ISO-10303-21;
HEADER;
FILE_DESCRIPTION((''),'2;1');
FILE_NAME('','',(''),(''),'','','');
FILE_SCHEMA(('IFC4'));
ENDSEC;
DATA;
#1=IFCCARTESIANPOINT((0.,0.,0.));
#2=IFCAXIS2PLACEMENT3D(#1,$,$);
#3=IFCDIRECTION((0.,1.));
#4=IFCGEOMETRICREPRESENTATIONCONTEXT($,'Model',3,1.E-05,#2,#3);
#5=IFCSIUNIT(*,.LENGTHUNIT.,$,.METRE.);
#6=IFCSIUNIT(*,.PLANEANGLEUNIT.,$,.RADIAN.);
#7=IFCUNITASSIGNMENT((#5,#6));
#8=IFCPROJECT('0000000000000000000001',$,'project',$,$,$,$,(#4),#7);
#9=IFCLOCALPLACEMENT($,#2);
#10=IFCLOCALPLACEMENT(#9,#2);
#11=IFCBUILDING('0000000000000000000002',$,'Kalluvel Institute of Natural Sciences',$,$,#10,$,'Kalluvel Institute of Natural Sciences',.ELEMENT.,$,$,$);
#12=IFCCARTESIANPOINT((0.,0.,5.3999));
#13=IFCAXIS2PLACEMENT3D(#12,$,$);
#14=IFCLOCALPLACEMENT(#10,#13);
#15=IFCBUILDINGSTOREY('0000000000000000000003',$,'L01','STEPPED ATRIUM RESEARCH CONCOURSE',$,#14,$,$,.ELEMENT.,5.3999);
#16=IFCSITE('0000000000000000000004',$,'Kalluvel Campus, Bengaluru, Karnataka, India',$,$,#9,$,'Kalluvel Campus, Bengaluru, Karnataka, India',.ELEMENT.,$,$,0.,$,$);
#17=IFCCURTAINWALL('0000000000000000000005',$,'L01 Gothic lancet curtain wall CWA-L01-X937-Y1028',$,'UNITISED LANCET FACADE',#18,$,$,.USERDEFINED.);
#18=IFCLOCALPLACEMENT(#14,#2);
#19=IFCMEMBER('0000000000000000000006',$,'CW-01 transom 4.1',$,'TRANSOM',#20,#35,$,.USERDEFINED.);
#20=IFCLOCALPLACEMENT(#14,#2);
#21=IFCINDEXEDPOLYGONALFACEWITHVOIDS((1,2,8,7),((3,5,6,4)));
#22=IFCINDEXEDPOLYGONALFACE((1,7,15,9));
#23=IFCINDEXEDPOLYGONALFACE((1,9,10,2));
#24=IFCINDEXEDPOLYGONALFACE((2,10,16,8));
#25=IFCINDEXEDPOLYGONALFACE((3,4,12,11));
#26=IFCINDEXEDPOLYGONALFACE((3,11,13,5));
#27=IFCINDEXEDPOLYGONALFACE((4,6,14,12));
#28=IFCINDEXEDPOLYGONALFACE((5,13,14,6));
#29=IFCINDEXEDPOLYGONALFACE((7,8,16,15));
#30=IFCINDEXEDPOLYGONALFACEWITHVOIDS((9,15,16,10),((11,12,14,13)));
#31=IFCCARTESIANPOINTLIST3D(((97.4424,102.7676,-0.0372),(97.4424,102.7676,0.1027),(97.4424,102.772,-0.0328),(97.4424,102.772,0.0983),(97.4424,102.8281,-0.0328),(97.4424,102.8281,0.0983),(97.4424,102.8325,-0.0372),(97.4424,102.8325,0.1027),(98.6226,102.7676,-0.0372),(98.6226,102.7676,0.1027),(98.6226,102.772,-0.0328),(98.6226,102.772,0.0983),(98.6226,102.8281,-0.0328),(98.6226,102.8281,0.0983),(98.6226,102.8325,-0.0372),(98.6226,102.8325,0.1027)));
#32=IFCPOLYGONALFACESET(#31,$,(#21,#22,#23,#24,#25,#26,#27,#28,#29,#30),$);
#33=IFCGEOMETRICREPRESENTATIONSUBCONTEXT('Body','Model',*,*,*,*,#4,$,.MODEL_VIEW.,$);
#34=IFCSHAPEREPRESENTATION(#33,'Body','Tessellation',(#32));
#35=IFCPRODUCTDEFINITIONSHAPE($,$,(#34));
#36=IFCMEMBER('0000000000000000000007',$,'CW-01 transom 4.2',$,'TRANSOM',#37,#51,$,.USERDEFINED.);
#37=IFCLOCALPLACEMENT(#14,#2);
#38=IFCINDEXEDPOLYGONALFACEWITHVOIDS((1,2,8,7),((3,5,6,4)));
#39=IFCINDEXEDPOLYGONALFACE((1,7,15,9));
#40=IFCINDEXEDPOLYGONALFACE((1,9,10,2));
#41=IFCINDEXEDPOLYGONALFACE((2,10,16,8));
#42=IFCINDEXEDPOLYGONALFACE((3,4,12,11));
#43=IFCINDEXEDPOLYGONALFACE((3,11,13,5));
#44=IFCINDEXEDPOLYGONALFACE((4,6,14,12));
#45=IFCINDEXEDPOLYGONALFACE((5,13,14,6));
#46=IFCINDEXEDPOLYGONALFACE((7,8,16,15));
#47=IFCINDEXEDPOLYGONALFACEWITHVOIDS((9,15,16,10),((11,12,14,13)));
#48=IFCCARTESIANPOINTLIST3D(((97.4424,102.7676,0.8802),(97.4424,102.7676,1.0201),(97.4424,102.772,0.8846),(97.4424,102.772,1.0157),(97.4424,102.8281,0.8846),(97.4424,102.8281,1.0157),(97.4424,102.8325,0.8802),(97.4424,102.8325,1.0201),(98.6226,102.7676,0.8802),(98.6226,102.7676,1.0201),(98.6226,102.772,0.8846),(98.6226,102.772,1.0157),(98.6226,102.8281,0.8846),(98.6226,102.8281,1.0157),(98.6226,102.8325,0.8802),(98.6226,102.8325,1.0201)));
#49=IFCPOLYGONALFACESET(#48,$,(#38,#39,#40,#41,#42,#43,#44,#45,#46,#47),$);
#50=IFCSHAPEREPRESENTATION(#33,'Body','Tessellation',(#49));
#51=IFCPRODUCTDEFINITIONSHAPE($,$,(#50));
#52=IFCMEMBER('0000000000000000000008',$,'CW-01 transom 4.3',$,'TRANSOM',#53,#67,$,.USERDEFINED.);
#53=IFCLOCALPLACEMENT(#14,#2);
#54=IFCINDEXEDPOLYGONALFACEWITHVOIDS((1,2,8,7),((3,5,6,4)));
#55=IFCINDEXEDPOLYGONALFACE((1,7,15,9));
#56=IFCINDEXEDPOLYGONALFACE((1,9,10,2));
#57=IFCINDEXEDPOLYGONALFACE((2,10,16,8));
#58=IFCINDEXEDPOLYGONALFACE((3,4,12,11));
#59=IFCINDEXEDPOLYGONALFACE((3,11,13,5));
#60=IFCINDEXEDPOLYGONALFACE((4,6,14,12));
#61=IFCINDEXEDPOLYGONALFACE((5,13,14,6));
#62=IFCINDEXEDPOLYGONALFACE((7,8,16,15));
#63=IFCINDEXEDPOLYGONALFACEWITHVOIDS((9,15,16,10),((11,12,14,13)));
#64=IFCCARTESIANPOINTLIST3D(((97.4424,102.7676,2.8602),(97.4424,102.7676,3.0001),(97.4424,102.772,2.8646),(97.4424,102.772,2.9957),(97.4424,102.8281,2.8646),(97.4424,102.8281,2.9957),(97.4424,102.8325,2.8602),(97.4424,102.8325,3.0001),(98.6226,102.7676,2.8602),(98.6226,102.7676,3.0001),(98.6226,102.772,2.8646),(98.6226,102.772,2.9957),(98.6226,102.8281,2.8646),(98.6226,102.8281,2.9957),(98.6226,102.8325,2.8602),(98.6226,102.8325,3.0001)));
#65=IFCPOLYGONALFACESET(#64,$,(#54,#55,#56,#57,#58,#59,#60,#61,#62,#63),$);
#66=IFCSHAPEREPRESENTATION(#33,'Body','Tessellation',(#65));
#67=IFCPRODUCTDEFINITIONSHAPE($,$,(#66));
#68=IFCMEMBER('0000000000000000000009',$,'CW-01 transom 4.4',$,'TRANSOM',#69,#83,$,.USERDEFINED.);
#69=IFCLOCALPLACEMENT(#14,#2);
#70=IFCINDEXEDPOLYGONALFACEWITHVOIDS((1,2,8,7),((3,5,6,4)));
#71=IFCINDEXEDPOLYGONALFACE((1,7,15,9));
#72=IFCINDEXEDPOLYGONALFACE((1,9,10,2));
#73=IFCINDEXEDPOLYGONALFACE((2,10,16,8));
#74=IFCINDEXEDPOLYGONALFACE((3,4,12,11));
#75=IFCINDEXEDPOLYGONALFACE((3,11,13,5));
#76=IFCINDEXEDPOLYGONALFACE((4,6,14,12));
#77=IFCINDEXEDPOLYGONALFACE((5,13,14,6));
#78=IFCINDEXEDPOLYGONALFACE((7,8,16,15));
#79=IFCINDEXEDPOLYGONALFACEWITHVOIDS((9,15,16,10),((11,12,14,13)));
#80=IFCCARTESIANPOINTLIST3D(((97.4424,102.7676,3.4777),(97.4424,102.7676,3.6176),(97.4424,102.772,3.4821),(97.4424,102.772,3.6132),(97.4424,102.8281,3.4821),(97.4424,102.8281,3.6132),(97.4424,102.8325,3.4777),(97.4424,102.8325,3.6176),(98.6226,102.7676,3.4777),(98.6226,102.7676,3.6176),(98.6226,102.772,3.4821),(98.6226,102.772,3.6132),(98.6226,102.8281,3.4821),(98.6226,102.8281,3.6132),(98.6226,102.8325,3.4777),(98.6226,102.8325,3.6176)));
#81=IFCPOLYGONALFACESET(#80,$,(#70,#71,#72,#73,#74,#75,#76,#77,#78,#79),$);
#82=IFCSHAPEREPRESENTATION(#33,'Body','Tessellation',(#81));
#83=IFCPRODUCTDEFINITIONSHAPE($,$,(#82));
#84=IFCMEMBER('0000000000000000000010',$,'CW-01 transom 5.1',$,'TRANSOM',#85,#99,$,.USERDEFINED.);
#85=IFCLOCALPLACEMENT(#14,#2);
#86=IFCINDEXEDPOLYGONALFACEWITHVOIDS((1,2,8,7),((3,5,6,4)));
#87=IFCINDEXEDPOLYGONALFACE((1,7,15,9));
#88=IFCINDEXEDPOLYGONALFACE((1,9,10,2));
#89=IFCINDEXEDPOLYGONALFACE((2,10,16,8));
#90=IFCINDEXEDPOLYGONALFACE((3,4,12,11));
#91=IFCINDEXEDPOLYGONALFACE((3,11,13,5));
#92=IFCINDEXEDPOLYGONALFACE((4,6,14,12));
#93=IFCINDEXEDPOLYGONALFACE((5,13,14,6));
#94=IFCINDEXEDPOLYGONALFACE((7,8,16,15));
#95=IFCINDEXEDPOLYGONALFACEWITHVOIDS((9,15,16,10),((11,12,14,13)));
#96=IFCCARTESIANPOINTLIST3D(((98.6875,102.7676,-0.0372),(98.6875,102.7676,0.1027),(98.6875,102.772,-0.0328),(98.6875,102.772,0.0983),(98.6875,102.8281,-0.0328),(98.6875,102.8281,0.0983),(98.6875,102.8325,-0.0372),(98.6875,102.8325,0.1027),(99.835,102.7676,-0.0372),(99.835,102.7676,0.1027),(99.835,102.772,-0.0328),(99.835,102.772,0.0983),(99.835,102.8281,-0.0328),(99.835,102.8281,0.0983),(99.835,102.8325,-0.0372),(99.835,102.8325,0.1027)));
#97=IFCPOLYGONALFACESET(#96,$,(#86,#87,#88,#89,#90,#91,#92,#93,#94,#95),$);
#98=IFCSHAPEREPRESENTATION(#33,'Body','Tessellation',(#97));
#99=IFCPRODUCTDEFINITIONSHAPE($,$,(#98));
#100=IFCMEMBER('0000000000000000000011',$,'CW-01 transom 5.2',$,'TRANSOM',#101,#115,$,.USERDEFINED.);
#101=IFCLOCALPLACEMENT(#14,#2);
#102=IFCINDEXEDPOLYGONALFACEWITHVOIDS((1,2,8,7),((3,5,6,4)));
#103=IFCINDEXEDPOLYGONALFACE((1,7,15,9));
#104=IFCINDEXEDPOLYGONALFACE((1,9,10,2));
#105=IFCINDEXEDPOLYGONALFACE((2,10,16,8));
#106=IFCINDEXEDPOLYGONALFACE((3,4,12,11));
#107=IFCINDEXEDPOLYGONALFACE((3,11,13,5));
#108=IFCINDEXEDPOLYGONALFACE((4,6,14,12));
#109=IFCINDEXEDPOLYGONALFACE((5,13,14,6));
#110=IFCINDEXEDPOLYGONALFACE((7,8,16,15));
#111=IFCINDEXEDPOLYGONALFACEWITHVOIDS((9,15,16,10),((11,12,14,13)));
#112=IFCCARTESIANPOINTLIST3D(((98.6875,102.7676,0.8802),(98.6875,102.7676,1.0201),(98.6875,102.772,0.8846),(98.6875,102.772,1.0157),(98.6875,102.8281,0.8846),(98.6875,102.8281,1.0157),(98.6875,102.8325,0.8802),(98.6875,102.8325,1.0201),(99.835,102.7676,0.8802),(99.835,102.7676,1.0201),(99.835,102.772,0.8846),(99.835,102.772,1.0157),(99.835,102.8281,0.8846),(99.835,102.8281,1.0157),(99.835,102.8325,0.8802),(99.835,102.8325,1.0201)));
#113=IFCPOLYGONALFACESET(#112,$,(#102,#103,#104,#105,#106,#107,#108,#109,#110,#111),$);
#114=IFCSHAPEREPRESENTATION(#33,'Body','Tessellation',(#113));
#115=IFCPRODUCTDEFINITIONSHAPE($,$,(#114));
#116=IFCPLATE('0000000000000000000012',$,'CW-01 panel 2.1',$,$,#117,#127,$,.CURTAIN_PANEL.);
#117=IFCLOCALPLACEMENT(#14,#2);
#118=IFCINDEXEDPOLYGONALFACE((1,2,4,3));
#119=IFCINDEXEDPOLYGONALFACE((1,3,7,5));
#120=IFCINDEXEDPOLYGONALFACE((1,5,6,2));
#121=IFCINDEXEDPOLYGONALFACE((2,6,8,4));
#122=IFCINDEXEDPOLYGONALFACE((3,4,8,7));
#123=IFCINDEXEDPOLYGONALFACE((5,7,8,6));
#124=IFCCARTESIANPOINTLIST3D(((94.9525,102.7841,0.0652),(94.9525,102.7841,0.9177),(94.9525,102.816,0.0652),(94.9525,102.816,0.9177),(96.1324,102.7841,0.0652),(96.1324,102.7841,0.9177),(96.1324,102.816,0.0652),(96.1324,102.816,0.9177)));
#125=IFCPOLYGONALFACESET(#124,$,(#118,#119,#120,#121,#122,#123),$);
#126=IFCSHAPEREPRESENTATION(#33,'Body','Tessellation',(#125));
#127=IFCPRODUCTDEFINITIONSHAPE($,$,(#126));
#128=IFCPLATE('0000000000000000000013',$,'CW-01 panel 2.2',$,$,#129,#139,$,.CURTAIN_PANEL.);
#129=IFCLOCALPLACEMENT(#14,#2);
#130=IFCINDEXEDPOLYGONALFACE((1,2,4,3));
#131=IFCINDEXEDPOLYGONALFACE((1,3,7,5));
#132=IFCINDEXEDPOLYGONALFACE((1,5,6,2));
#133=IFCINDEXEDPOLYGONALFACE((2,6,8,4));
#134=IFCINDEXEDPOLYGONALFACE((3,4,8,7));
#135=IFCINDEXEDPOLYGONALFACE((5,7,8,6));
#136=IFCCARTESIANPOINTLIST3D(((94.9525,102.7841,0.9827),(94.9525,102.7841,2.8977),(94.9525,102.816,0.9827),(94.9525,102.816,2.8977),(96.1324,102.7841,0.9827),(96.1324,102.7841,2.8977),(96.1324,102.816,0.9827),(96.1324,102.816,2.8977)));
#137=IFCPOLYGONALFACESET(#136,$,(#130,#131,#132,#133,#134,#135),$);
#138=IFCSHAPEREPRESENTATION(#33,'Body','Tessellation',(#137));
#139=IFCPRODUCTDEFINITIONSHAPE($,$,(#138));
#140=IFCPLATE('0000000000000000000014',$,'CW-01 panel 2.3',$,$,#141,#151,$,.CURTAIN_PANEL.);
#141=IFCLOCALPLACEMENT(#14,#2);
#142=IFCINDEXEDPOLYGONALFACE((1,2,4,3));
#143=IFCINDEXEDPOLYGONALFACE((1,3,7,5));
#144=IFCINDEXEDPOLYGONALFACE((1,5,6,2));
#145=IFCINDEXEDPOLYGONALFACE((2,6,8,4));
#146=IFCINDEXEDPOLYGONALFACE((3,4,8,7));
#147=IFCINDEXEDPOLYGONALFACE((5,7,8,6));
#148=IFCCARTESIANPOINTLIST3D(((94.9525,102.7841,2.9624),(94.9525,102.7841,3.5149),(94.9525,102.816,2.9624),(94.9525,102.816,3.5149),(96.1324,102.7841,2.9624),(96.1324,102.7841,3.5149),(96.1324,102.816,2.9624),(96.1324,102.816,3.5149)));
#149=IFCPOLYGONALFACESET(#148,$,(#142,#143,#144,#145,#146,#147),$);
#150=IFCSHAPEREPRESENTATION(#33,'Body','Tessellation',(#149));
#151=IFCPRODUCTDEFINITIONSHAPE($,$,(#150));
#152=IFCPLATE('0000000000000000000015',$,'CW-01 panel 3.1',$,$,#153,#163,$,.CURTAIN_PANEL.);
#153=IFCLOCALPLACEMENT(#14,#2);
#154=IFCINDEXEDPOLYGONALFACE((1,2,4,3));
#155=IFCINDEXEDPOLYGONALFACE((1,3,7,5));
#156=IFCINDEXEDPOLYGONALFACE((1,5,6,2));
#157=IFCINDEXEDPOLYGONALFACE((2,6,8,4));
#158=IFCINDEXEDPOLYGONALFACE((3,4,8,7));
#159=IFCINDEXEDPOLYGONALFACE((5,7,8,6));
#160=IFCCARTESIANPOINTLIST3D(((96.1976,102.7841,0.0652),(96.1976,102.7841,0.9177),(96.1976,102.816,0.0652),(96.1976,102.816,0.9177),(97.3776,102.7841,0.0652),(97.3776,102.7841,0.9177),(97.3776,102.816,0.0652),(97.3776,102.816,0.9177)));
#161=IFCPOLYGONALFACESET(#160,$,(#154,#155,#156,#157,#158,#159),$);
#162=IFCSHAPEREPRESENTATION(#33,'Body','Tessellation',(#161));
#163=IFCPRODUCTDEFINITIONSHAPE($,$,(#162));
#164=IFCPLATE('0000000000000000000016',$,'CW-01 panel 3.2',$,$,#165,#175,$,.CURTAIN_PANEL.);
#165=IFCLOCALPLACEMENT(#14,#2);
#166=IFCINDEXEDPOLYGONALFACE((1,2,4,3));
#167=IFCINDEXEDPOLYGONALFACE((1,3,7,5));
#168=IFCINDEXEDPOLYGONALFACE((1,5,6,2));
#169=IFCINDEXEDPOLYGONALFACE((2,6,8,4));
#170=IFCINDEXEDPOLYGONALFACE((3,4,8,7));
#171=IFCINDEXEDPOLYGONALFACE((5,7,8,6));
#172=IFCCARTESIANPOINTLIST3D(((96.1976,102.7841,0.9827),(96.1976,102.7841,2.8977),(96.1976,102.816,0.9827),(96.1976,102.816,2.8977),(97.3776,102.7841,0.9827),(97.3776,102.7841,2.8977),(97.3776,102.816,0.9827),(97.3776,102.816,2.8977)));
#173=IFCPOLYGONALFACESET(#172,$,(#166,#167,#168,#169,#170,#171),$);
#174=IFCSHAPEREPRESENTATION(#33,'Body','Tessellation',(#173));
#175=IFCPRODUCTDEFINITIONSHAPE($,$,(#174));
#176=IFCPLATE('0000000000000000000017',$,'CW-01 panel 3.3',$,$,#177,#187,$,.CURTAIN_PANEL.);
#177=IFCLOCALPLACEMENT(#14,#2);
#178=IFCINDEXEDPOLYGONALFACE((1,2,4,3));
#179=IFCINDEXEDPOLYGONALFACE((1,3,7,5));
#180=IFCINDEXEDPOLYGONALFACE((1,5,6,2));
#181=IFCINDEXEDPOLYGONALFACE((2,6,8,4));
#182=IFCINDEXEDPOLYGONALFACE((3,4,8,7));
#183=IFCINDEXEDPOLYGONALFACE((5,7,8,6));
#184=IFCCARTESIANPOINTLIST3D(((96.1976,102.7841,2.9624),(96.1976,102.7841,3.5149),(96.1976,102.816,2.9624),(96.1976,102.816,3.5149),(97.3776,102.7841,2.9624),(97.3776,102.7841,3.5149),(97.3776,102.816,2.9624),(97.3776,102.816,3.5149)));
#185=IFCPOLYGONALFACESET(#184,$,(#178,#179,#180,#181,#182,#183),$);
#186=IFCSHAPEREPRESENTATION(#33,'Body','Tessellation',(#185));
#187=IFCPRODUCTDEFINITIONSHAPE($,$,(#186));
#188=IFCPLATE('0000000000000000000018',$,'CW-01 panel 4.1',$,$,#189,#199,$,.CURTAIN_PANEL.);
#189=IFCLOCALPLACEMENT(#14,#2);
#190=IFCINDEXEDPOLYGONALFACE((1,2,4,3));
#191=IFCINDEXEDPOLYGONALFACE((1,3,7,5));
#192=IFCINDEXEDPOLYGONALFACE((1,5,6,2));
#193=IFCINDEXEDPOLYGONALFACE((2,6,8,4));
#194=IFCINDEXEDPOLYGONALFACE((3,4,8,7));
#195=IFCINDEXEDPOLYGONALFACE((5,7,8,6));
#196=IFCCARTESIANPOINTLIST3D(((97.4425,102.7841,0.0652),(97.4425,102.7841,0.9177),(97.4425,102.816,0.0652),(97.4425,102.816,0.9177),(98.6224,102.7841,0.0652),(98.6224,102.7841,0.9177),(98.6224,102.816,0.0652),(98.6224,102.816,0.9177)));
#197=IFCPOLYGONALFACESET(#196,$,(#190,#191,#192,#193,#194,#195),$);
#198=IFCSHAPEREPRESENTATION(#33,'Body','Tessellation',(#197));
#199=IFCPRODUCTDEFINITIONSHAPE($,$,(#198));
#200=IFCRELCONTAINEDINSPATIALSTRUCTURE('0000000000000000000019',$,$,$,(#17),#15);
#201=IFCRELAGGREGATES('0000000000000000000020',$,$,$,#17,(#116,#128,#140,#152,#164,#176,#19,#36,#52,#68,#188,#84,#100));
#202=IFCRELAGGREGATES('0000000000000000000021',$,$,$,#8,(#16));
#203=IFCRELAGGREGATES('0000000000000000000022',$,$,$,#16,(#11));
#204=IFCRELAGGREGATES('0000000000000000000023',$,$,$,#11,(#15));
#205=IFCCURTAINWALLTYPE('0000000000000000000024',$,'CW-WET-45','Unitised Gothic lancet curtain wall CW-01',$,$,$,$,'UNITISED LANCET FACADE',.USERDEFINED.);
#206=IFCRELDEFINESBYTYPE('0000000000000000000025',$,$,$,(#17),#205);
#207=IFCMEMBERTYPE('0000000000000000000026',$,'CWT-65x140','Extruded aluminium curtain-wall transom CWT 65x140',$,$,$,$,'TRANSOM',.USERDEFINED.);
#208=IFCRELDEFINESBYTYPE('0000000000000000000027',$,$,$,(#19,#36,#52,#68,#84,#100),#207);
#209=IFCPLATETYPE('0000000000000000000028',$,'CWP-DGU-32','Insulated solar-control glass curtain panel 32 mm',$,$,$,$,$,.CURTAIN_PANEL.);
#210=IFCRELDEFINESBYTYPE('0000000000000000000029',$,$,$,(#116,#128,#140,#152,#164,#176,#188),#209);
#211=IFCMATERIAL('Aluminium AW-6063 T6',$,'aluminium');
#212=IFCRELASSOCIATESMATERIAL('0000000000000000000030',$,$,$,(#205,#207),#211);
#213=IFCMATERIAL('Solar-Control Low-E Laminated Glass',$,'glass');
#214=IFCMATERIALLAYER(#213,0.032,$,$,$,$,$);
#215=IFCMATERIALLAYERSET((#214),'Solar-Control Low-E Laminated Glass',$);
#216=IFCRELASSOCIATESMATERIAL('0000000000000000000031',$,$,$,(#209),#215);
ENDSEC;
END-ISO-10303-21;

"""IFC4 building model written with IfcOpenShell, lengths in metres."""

from ifc_helpers import new_model, si_unit, direction, frame, origin, origin_2d, place, context, subcontext, project, spatial, rectangle, hollow_rectangle, extrude, material, layer, layer_set, material_profile, profile_set, type_object, element, aggregate, save


model = new_model("IFC4")

# Units and contexts
model_context = context("Model", 3, precision=1e-05, world=origin(), true_north=direction((0.0, 1.0)))
body_context = subcontext(model_context, "Body", "Model", "MODEL_VIEW")
ifc_project = project(units=[si_unit("LENGTHUNIT", "METRE"), si_unit("PLANEANGLEUNIT", "RADIAN")], contexts=[model_context])

# Site, building, storey
site_placement = place(None, origin())
site = spatial("IfcSite", under=ifc_project, at=site_placement, Name="Kalluvel Campus, Bengaluru, Karnataka, India", LongName="Kalluvel Campus, Bengaluru, Karnataka, India", CompositionType="ELEMENT", RefElevation=0.0)
building_placement = place(site_placement, origin())
building = spatial("IfcBuilding", under=site, at=building_placement, Name="Kalluvel Institute of Natural Sciences", LongName="Kalluvel Institute of Natural Sciences", CompositionType="ELEMENT")
storey_placement = place(building_placement, frame((0.0, 0.0, 5.3999)))
storey = spatial("IfcBuildingStorey", under=building, at=storey_placement, Name="L01", Description="STEPPED ATRIUM RESEARCH CONCOURSE", CompositionType="ELEMENT", Elevation=5.3999)

# Curtain wall, members, plates
ifc_material_1 = material(Name="Aluminium AW-6063 T6", Category="aluminium")
curtain_wall_type = type_object("IfcCurtainWallType", Name="CW-WET-45", Description="Unitised Gothic lancet curtain wall CW-01", ElementType="UNITISED LANCET FACADE", PredefinedType="USERDEFINED", material=ifc_material_1)
curtain_wall_placement = place(storey_placement, origin())
curtain_wall = element("IfcCurtainWall", 1, at=curtain_wall_placement, inside=storey, type_object=curtain_wall_type, Name="L01 Gothic lancet curtain wall CWA-L01-X937-Y1028", ObjectType="UNITISED LANCET FACADE", PredefinedType="USERDEFINED")
ifc_material_profile_1 = material_profile(ifc_material_1, hollow_rectangle(XDim=0.0649, YDim=0.1399, WallThickness=0.0044, at=origin_2d()), Name="CWT 65x140")
ifc_profile_set_1 = profile_set([ifc_material_profile_1], Name="Aluminium AW-6063 T6")
member_type_1 = type_object("IfcMemberType", Name="CWT-65x140", Description="Extruded aluminium curtain-wall transom CWT 65x140", ElementType="TRANSOM", PredefinedType="USERDEFINED", material=ifc_profile_set_1)
member_1_placement = place(storey_placement, frame((97.4424, 102.8, 0.0327), z_axis=(1.0, 0.0, 0.0), x_axis=(0.0, 1.0, 0.0)))
member_1 = element("IfcMember", 2, at=member_1_placement, type_object=member_type_1, Name="CW-01 transom 4.1", ObjectType="TRANSOM", PredefinedType="USERDEFINED", context=body_context, shape_type="SweptSolid", body=[
    extrude(hollow_rectangle(XDim=0.0649, YDim=0.1399, WallThickness=0.0044, at=origin_2d()), origin(), (0.0, 0.0, 1.0), 1.1802),
])
member_2_placement = place(storey_placement, frame((97.4424, 102.8, 0.9502), z_axis=(1.0, 0.0, 0.0), x_axis=(0.0, 1.0, 0.0)))
member_2 = element("IfcMember", 3, at=member_2_placement, type_object=member_type_1, Name="CW-01 transom 4.2", ObjectType="TRANSOM", PredefinedType="USERDEFINED", context=body_context, shape_type="SweptSolid", body=[
    extrude(hollow_rectangle(XDim=0.0649, YDim=0.1399, WallThickness=0.0044, at=origin_2d()), origin(), (0.0, 0.0, 1.0), 1.1802),
])
member_3_placement = place(storey_placement, frame((97.4424, 102.8, 2.9302), z_axis=(1.0, 0.0, 0.0), x_axis=(0.0, 1.0, 0.0)))
member_3 = element("IfcMember", 4, at=member_3_placement, type_object=member_type_1, Name="CW-01 transom 4.3", ObjectType="TRANSOM", PredefinedType="USERDEFINED", context=body_context, shape_type="SweptSolid", body=[
    extrude(hollow_rectangle(XDim=0.0649, YDim=0.1399, WallThickness=0.0044, at=origin_2d()), origin(), (0.0, 0.0, 1.0), 1.1802),
])
member_4_placement = place(storey_placement, frame((97.4424, 102.8, 3.5476), z_axis=(1.0, 0.0, 0.0), x_axis=(0.0, 1.0, 0.0)))
member_4 = element("IfcMember", 5, at=member_4_placement, type_object=member_type_1, Name="CW-01 transom 4.4", ObjectType="TRANSOM", PredefinedType="USERDEFINED", context=body_context, shape_type="SweptSolid", body=[
    extrude(hollow_rectangle(XDim=0.0649, YDim=0.1399, WallThickness=0.0044, at=origin_2d()), origin(), (0.0, 0.0, 1.0), 1.1802),
])
member_5_placement = place(storey_placement, frame((98.6875, 102.8, 0.0327), z_axis=(1.0, 0.0, 0.0), x_axis=(0.0, 1.0, 0.0)))
member_5 = element("IfcMember", 6, at=member_5_placement, type_object=member_type_1, Name="CW-01 transom 5.1", ObjectType="TRANSOM", PredefinedType="USERDEFINED", context=body_context, shape_type="SweptSolid", body=[
    extrude(hollow_rectangle(XDim=0.0649, YDim=0.1399, WallThickness=0.0044, at=origin_2d()), origin(), (0.0, 0.0, 1.0), 1.1475),
])
member_6_placement = place(storey_placement, frame((98.6875, 102.8, 0.9502), z_axis=(1.0, 0.0, 0.0), x_axis=(0.0, 1.0, 0.0)))
member_6 = element("IfcMember", 7, at=member_6_placement, type_object=member_type_1, Name="CW-01 transom 5.2", ObjectType="TRANSOM", PredefinedType="USERDEFINED", context=body_context, shape_type="SweptSolid", body=[
    extrude(hollow_rectangle(XDim=0.0649, YDim=0.1399, WallThickness=0.0044, at=origin_2d()), origin(), (0.0, 0.0, 1.0), 1.1475),
])
ifc_material_2 = material(Name="Solar-Control Low-E Laminated Glass", Category="glass")
ifc_layer = layer(ifc_material_2, 0.032)
ifc_layer_set = layer_set([ifc_layer], Name="Solar-Control Low-E Laminated Glass")
plate_type = type_object("IfcPlateType", Name="CWP-DGU-32", Description="Insulated solar-control glass curtain panel 32 mm", PredefinedType="CURTAIN_PANEL", material=ifc_layer_set)
plate_1_placement = place(storey_placement, frame((95.5425, 102.8, 0.0652), z_axis=(0.0, 0.0, 1.0), x_axis=(1.0, 0.0, 0.0)))
plate_1 = element("IfcPlate", 8, at=plate_1_placement, type_object=plate_type, Name="CW-01 panel 2.1", PredefinedType="CURTAIN_PANEL", context=body_context, shape_type="SweptSolid", body=[
    extrude(rectangle(XDim=1.1799, YDim=0.032, at=origin_2d()), origin(), (0.0, 0.0, 1.0), 0.8525),
])
plate_2_placement = place(storey_placement, frame((95.5425, 102.8, 0.9827), z_axis=(0.0, 0.0, 1.0), x_axis=(1.0, 0.0, 0.0)))
plate_2 = element("IfcPlate", 9, at=plate_2_placement, type_object=plate_type, Name="CW-01 panel 2.2", PredefinedType="CURTAIN_PANEL", context=body_context, shape_type="SweptSolid", body=[
    extrude(rectangle(XDim=1.1799, YDim=0.032, at=origin_2d()), origin(), (0.0, 0.0, 1.0), 1.915),
])
plate_3_placement = place(storey_placement, frame((95.5425, 102.8, 2.9624), z_axis=(0.0, 0.0, 1.0), x_axis=(1.0, 0.0, 0.0)))
plate_3 = element("IfcPlate", 10, at=plate_3_placement, type_object=plate_type, Name="CW-01 panel 2.3", PredefinedType="CURTAIN_PANEL", context=body_context, shape_type="SweptSolid", body=[
    extrude(rectangle(XDim=1.1799, YDim=0.032, at=origin_2d()), origin(), (0.0, 0.0, 1.0), 0.5525),
])
plate_4_placement = place(storey_placement, frame((96.7876, 102.8, 0.0652), z_axis=(0.0, 0.0, 1.0), x_axis=(1.0, 0.0, 0.0)))
plate_4 = element("IfcPlate", 11, at=plate_4_placement, type_object=plate_type, Name="CW-01 panel 3.1", PredefinedType="CURTAIN_PANEL", context=body_context, shape_type="SweptSolid", body=[
    extrude(rectangle(XDim=1.1799, YDim=0.032, at=origin_2d()), origin(), (0.0, 0.0, 1.0), 0.8525),
])
plate_5_placement = place(storey_placement, frame((96.7876, 102.8, 0.9827), z_axis=(0.0, 0.0, 1.0), x_axis=(1.0, 0.0, 0.0)))
plate_5 = element("IfcPlate", 12, at=plate_5_placement, type_object=plate_type, Name="CW-01 panel 3.2", PredefinedType="CURTAIN_PANEL", context=body_context, shape_type="SweptSolid", body=[
    extrude(rectangle(XDim=1.1799, YDim=0.032, at=origin_2d()), origin(), (0.0, 0.0, 1.0), 1.915),
])
plate_6_placement = place(storey_placement, frame((96.7876, 102.8, 2.9624), z_axis=(0.0, 0.0, 1.0), x_axis=(1.0, 0.0, 0.0)))
plate_6 = element("IfcPlate", 13, at=plate_6_placement, type_object=plate_type, Name="CW-01 panel 3.3", PredefinedType="CURTAIN_PANEL", context=body_context, shape_type="SweptSolid", body=[
    extrude(rectangle(XDim=1.1799, YDim=0.032, at=origin_2d()), origin(), (0.0, 0.0, 1.0), 0.5525),
])
plate_7_placement = place(storey_placement, frame((98.0325, 102.8, 0.0652), z_axis=(0.0, 0.0, 1.0), x_axis=(1.0, 0.0, 0.0)))
plate_7 = element("IfcPlate", 14, at=plate_7_placement, type_object=plate_type, Name="CW-01 panel 4.1", PredefinedType="CURTAIN_PANEL", context=body_context, shape_type="SweptSolid", body=[
    extrude(rectangle(XDim=1.1799, YDim=0.032, at=origin_2d()), origin(), (0.0, 0.0, 1.0), 0.8525),
])
aggregate(curtain_wall, [plate_1, plate_2, plate_3, plate_4, plate_5, plate_6, member_1, member_2, member_3, member_4, plate_7, member_5, member_6])

save(model, "model.ifc")
